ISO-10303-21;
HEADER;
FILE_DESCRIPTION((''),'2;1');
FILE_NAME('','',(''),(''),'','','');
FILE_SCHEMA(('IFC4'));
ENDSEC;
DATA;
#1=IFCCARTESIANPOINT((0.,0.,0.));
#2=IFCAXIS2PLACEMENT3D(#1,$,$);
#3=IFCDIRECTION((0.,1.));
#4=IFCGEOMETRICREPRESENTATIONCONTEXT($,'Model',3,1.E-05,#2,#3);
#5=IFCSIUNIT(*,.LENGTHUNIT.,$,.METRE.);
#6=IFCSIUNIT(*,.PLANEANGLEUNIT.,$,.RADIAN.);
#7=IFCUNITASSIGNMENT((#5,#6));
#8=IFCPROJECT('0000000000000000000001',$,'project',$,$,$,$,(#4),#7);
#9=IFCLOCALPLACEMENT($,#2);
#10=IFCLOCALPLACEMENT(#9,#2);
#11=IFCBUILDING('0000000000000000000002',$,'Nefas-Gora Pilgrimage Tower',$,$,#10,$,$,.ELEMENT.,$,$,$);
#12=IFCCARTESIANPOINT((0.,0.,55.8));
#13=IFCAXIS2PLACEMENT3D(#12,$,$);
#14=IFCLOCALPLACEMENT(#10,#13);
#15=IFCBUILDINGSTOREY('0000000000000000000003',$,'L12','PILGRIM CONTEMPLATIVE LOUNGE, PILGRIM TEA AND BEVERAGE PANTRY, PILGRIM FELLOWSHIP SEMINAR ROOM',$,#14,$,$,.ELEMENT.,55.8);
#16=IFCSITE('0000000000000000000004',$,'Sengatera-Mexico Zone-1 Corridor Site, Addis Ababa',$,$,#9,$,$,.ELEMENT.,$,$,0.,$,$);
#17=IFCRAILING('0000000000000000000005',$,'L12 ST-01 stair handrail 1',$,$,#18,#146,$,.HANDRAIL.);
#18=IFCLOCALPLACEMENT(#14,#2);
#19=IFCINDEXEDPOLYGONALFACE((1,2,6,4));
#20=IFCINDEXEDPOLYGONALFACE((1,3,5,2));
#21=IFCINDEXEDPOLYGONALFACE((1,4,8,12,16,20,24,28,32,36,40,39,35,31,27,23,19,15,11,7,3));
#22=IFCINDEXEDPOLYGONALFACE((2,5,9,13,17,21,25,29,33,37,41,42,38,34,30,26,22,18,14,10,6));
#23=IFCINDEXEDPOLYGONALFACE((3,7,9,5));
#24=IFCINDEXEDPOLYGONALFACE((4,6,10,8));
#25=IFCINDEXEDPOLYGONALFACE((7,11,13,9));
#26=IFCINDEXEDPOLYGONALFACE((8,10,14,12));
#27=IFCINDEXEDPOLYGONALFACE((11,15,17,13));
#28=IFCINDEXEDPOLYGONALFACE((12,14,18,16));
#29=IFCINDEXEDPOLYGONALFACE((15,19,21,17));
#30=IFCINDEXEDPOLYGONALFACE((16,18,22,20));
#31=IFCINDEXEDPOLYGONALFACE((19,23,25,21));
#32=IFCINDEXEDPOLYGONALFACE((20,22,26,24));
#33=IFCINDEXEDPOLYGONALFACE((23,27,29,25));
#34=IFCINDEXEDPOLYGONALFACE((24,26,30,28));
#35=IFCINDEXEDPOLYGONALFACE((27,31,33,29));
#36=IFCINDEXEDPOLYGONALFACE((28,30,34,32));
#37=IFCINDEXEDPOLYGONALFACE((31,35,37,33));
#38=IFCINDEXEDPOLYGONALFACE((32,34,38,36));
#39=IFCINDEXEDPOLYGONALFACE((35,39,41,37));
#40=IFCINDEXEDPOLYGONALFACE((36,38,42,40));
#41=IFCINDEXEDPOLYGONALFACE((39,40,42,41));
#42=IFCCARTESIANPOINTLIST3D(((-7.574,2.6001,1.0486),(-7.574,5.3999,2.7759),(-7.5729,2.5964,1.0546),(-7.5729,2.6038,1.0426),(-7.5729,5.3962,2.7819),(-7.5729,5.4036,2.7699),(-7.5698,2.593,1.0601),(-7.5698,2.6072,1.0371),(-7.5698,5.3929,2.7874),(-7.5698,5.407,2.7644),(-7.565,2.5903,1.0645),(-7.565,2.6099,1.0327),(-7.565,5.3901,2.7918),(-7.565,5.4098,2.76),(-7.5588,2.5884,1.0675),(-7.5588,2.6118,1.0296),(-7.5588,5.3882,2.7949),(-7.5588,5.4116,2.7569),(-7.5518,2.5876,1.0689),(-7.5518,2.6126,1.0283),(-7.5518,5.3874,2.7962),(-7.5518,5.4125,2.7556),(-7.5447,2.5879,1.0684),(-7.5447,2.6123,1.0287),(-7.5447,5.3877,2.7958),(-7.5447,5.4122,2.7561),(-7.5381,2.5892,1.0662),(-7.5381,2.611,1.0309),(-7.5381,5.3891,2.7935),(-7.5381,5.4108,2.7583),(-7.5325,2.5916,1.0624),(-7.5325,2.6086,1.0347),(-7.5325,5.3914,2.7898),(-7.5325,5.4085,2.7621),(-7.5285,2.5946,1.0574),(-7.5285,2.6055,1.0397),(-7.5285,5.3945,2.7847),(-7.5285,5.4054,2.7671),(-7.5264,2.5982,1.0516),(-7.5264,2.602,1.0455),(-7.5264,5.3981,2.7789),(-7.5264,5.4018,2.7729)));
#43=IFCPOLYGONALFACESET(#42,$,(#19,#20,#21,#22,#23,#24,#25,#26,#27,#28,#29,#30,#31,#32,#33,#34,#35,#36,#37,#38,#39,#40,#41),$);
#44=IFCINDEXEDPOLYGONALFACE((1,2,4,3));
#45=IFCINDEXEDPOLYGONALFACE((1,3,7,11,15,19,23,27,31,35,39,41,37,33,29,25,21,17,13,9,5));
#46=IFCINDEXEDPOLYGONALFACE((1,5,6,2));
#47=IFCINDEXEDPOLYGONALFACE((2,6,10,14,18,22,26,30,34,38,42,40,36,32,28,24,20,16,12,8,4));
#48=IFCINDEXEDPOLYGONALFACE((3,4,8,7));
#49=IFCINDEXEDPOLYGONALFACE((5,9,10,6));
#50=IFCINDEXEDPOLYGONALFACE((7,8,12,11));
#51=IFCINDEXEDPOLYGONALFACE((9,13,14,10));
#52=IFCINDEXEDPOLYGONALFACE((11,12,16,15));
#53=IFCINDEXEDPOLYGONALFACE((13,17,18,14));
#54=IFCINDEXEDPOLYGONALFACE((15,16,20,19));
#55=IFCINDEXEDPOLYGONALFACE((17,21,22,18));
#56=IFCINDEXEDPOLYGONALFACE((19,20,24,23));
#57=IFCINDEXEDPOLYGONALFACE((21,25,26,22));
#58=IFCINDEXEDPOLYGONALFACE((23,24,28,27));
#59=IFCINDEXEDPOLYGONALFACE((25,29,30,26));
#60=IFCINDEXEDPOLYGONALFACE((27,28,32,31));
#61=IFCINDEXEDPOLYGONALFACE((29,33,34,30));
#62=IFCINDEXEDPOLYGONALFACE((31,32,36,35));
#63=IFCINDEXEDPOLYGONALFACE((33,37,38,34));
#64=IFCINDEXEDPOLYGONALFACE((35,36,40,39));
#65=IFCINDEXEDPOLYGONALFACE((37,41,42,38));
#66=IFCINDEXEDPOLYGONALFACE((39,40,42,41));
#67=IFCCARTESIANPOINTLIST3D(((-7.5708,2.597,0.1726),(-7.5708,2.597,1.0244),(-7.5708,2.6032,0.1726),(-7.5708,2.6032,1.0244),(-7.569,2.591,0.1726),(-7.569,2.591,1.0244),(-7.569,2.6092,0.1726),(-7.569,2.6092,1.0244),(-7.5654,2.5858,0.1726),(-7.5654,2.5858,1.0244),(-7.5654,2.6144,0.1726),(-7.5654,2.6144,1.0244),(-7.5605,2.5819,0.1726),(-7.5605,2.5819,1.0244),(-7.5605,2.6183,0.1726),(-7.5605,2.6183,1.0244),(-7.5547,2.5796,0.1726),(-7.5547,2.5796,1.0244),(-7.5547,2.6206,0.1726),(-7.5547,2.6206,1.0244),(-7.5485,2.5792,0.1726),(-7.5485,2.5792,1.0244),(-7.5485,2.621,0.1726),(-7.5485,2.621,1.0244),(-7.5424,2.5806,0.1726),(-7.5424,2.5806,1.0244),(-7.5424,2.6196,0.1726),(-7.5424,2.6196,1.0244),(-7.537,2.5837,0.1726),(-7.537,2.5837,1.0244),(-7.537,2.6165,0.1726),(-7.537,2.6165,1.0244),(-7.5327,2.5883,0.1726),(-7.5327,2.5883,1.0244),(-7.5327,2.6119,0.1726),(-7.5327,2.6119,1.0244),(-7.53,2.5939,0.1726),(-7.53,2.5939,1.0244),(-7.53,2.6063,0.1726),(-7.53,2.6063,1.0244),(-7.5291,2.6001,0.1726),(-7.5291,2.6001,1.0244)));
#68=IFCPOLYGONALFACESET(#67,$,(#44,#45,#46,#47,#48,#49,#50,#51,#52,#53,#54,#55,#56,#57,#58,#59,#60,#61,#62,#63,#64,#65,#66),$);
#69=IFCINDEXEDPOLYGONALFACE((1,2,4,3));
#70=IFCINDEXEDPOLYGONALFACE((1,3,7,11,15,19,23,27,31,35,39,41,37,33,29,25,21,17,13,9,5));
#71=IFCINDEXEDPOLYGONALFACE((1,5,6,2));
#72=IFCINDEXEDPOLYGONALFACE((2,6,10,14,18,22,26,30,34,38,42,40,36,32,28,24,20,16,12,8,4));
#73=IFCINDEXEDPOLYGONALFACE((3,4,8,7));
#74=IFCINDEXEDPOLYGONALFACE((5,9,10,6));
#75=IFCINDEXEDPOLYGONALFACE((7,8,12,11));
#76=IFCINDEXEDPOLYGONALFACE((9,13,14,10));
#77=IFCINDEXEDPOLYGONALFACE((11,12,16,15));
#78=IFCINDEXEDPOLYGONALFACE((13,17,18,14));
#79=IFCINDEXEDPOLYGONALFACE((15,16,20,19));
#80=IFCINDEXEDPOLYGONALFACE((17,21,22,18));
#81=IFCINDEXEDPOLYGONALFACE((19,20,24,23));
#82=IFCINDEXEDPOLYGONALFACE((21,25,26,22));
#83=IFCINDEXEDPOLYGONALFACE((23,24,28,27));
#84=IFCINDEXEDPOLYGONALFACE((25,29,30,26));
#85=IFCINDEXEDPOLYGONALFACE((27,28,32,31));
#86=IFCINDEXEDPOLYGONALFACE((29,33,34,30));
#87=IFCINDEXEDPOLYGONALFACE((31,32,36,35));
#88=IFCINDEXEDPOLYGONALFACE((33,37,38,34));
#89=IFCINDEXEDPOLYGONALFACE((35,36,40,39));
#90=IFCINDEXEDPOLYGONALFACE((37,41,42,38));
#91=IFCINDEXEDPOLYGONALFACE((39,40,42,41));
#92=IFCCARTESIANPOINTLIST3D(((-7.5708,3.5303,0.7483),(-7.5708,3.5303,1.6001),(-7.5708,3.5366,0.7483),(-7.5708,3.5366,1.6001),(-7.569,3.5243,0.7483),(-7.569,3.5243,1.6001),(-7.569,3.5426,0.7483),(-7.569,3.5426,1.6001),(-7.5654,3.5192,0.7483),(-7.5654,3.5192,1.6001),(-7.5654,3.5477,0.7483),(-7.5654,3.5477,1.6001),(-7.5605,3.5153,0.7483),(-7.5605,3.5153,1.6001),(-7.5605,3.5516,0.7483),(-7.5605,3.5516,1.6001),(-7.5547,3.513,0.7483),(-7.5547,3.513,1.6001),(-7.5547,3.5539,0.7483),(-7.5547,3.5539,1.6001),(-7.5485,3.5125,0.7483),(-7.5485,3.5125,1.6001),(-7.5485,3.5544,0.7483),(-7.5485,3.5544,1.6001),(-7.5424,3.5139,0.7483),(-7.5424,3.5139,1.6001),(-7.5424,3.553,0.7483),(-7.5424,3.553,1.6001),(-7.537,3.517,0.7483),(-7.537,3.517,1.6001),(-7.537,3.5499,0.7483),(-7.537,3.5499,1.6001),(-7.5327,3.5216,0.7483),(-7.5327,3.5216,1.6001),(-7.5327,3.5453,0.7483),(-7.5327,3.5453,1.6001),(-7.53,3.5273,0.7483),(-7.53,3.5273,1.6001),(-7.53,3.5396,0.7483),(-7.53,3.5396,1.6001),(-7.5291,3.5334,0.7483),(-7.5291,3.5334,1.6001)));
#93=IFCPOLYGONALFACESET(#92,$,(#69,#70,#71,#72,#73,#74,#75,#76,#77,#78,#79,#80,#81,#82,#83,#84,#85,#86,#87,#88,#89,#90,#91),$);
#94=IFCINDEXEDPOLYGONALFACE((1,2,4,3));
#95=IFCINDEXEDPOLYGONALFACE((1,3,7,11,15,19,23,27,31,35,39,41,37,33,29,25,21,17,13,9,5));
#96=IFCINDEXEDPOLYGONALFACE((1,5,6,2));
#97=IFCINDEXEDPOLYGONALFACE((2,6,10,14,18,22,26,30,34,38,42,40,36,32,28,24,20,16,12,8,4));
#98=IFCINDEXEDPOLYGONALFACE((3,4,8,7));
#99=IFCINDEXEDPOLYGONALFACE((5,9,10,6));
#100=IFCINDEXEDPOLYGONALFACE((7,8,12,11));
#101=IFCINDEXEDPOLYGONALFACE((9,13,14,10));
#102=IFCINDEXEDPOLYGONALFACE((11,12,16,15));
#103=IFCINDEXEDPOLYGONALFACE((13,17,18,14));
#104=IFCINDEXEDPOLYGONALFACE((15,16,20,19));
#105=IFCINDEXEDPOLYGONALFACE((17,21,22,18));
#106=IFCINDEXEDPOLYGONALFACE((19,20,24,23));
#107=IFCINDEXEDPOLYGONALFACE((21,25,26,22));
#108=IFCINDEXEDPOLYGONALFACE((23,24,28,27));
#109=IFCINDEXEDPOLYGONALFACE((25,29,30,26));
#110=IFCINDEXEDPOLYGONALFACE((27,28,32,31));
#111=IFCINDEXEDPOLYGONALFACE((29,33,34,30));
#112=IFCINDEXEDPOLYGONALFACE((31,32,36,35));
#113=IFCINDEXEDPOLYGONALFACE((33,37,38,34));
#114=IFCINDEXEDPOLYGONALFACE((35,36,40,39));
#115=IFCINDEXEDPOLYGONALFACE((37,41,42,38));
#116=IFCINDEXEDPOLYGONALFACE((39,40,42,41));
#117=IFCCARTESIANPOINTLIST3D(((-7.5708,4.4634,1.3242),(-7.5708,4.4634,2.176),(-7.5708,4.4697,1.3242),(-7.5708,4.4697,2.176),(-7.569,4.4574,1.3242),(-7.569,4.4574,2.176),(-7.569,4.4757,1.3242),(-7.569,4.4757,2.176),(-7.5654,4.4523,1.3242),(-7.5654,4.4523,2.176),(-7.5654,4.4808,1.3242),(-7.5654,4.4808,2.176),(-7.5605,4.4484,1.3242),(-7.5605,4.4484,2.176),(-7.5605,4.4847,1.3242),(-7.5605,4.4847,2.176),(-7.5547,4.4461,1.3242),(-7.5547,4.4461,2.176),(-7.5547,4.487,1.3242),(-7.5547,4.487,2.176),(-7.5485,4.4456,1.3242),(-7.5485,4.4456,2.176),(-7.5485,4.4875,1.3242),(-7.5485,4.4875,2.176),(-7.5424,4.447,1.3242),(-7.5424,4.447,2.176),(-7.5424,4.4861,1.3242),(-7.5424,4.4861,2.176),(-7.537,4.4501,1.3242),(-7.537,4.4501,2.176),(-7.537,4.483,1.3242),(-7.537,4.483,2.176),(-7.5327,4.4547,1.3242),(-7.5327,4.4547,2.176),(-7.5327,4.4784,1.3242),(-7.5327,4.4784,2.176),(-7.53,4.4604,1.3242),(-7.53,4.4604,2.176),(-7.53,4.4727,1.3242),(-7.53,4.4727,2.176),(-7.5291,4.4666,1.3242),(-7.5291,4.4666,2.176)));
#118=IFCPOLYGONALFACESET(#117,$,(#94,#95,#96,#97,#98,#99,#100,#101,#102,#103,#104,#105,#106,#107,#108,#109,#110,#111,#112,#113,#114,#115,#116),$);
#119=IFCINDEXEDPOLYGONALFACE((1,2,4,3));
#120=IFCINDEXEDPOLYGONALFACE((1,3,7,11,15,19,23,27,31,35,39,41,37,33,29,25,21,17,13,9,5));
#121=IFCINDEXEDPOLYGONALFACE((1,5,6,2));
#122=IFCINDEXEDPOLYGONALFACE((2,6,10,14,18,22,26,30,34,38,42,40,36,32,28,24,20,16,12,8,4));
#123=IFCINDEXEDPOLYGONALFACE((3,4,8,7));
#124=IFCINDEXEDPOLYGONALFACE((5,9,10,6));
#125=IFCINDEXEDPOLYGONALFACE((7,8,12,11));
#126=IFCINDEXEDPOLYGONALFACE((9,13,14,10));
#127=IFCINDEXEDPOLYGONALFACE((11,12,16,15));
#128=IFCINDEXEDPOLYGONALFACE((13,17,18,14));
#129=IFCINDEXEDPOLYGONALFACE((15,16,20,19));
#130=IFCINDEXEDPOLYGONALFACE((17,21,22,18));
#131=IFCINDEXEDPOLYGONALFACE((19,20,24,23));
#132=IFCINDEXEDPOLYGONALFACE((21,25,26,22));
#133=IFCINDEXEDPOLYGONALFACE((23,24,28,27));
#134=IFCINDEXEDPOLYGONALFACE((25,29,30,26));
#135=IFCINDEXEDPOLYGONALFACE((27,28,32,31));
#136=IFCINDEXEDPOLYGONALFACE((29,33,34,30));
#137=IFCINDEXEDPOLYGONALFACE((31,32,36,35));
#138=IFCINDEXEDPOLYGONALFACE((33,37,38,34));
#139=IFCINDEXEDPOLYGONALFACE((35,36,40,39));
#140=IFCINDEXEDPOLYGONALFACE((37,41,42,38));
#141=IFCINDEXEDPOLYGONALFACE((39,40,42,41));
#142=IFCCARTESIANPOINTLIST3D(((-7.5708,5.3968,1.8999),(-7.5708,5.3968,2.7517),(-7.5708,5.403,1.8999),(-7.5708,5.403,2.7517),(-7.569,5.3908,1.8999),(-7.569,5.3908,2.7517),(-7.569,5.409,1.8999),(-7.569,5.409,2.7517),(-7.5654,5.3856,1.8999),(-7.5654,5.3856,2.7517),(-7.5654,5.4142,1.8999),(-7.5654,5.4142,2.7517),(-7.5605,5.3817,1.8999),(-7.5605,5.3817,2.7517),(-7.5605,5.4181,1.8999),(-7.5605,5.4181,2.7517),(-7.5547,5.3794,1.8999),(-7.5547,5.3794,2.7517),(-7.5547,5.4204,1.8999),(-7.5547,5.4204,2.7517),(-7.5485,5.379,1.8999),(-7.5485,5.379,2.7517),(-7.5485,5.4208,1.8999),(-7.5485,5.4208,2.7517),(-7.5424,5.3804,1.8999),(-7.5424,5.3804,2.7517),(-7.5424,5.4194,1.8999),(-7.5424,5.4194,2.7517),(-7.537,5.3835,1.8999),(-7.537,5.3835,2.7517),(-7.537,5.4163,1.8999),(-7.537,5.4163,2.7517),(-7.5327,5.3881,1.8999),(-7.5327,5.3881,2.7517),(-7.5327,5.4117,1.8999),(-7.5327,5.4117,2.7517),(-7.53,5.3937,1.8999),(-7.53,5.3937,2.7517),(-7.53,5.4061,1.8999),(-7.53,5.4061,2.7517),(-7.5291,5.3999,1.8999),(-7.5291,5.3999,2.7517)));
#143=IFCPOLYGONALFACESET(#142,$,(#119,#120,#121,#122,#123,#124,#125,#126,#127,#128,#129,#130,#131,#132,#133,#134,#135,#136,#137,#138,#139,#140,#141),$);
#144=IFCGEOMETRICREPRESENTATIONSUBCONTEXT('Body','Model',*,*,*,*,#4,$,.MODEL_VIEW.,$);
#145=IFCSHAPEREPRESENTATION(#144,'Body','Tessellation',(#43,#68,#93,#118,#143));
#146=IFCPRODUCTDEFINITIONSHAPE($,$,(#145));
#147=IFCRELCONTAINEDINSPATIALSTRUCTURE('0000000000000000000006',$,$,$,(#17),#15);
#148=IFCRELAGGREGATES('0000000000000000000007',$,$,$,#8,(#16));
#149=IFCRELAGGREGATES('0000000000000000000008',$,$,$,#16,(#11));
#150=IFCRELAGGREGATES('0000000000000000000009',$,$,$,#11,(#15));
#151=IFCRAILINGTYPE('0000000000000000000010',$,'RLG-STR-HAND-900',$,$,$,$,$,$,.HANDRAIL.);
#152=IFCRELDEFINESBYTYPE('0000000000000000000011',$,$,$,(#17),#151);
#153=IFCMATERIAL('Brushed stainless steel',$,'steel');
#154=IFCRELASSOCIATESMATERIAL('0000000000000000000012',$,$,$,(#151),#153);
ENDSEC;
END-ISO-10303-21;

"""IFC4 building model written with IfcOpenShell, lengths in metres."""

from ifc_helpers import new_model, si_unit, direction, frame, origin, origin_2d, place, context, subcontext, project, spatial, circle, extrude, material, type_object, element, save


model = new_model("IFC4")

# Units and contexts
model_context = context("Model", 3, precision=1e-05, world=origin(), true_north=direction((0.0, 1.0)))
body_context = subcontext(model_context, "Body", "Model", "MODEL_VIEW")
ifc_project = project(units=[si_unit("LENGTHUNIT", "METRE"), si_unit("PLANEANGLEUNIT", "RADIAN")], contexts=[model_context])

# Site, building, storey
site_placement = place(None, origin())
site = spatial("IfcSite", under=ifc_project, at=site_placement, Name="Sengatera-Mexico Zone-1 Corridor Site, Addis Ababa", CompositionType="ELEMENT", RefElevation=0.0)
building_placement = place(site_placement, origin())
building = spatial("IfcBuilding", under=site, at=building_placement, Name="Nefas-Gora Pilgrimage Tower", CompositionType="ELEMENT")
storey_placement = place(building_placement, frame((0.0, 0.0, 55.8)))
storey = spatial("IfcBuildingStorey", under=building, at=storey_placement, Name="L12", Description="PILGRIM CONTEMPLATIVE LOUNGE, PILGRIM TEA AND BEVERAGE PANTRY, PILGRIM FELLOWSHIP SEMINAR ROOM", CompositionType="ELEMENT", Elevation=55.8)

# Railing
ifc_material_1 = material(Name="Brushed stainless steel", Category="steel")
railing_type_1 = type_object("IfcRailingType", Name="RLG-STR-HAND-900", PredefinedType="HANDRAIL", material=ifc_material_1)
railing_1_placement = place(storey_placement, frame((-7.55, 2.6001, 0.1726)))
element("IfcRailing", 1, at=railing_1_placement, inside=storey, type_object=railing_type_1, Name="L12 ST-01 stair handrail 1", PredefinedType="HANDRAIL", context=body_context, shape_type="SweptSolid", body=[
    extrude(circle(Radius=0.0239, at=origin_2d()), frame((0.0, 0.0, 0.876), z_axis=(0.0, 0.851069, 0.525054), x_axis=(-1.0, 0.0, 0.0)), (0.0, 0.0, 1.0), 3.2898),
    extrude(circle(Radius=0.021, at=origin_2d()), origin(), (0.0, 0.0, 1.0), 0.8518),
    extrude(circle(Radius=0.021, at=origin_2d()), frame((0.0, 0.9333, 0.5757)), (0.0, 0.0, 1.0), 0.8518),
    extrude(circle(Radius=0.021, at=origin_2d()), frame((0.0, 1.8665, 1.1516)), (0.0, 0.0, 1.0), 0.8518),
    extrude(circle(Radius=0.021, at=origin_2d()), frame((0.0, 2.7998, 1.7273)), (0.0, 0.0, 1.0), 0.8518),
])

save(model, "model.ifc")
